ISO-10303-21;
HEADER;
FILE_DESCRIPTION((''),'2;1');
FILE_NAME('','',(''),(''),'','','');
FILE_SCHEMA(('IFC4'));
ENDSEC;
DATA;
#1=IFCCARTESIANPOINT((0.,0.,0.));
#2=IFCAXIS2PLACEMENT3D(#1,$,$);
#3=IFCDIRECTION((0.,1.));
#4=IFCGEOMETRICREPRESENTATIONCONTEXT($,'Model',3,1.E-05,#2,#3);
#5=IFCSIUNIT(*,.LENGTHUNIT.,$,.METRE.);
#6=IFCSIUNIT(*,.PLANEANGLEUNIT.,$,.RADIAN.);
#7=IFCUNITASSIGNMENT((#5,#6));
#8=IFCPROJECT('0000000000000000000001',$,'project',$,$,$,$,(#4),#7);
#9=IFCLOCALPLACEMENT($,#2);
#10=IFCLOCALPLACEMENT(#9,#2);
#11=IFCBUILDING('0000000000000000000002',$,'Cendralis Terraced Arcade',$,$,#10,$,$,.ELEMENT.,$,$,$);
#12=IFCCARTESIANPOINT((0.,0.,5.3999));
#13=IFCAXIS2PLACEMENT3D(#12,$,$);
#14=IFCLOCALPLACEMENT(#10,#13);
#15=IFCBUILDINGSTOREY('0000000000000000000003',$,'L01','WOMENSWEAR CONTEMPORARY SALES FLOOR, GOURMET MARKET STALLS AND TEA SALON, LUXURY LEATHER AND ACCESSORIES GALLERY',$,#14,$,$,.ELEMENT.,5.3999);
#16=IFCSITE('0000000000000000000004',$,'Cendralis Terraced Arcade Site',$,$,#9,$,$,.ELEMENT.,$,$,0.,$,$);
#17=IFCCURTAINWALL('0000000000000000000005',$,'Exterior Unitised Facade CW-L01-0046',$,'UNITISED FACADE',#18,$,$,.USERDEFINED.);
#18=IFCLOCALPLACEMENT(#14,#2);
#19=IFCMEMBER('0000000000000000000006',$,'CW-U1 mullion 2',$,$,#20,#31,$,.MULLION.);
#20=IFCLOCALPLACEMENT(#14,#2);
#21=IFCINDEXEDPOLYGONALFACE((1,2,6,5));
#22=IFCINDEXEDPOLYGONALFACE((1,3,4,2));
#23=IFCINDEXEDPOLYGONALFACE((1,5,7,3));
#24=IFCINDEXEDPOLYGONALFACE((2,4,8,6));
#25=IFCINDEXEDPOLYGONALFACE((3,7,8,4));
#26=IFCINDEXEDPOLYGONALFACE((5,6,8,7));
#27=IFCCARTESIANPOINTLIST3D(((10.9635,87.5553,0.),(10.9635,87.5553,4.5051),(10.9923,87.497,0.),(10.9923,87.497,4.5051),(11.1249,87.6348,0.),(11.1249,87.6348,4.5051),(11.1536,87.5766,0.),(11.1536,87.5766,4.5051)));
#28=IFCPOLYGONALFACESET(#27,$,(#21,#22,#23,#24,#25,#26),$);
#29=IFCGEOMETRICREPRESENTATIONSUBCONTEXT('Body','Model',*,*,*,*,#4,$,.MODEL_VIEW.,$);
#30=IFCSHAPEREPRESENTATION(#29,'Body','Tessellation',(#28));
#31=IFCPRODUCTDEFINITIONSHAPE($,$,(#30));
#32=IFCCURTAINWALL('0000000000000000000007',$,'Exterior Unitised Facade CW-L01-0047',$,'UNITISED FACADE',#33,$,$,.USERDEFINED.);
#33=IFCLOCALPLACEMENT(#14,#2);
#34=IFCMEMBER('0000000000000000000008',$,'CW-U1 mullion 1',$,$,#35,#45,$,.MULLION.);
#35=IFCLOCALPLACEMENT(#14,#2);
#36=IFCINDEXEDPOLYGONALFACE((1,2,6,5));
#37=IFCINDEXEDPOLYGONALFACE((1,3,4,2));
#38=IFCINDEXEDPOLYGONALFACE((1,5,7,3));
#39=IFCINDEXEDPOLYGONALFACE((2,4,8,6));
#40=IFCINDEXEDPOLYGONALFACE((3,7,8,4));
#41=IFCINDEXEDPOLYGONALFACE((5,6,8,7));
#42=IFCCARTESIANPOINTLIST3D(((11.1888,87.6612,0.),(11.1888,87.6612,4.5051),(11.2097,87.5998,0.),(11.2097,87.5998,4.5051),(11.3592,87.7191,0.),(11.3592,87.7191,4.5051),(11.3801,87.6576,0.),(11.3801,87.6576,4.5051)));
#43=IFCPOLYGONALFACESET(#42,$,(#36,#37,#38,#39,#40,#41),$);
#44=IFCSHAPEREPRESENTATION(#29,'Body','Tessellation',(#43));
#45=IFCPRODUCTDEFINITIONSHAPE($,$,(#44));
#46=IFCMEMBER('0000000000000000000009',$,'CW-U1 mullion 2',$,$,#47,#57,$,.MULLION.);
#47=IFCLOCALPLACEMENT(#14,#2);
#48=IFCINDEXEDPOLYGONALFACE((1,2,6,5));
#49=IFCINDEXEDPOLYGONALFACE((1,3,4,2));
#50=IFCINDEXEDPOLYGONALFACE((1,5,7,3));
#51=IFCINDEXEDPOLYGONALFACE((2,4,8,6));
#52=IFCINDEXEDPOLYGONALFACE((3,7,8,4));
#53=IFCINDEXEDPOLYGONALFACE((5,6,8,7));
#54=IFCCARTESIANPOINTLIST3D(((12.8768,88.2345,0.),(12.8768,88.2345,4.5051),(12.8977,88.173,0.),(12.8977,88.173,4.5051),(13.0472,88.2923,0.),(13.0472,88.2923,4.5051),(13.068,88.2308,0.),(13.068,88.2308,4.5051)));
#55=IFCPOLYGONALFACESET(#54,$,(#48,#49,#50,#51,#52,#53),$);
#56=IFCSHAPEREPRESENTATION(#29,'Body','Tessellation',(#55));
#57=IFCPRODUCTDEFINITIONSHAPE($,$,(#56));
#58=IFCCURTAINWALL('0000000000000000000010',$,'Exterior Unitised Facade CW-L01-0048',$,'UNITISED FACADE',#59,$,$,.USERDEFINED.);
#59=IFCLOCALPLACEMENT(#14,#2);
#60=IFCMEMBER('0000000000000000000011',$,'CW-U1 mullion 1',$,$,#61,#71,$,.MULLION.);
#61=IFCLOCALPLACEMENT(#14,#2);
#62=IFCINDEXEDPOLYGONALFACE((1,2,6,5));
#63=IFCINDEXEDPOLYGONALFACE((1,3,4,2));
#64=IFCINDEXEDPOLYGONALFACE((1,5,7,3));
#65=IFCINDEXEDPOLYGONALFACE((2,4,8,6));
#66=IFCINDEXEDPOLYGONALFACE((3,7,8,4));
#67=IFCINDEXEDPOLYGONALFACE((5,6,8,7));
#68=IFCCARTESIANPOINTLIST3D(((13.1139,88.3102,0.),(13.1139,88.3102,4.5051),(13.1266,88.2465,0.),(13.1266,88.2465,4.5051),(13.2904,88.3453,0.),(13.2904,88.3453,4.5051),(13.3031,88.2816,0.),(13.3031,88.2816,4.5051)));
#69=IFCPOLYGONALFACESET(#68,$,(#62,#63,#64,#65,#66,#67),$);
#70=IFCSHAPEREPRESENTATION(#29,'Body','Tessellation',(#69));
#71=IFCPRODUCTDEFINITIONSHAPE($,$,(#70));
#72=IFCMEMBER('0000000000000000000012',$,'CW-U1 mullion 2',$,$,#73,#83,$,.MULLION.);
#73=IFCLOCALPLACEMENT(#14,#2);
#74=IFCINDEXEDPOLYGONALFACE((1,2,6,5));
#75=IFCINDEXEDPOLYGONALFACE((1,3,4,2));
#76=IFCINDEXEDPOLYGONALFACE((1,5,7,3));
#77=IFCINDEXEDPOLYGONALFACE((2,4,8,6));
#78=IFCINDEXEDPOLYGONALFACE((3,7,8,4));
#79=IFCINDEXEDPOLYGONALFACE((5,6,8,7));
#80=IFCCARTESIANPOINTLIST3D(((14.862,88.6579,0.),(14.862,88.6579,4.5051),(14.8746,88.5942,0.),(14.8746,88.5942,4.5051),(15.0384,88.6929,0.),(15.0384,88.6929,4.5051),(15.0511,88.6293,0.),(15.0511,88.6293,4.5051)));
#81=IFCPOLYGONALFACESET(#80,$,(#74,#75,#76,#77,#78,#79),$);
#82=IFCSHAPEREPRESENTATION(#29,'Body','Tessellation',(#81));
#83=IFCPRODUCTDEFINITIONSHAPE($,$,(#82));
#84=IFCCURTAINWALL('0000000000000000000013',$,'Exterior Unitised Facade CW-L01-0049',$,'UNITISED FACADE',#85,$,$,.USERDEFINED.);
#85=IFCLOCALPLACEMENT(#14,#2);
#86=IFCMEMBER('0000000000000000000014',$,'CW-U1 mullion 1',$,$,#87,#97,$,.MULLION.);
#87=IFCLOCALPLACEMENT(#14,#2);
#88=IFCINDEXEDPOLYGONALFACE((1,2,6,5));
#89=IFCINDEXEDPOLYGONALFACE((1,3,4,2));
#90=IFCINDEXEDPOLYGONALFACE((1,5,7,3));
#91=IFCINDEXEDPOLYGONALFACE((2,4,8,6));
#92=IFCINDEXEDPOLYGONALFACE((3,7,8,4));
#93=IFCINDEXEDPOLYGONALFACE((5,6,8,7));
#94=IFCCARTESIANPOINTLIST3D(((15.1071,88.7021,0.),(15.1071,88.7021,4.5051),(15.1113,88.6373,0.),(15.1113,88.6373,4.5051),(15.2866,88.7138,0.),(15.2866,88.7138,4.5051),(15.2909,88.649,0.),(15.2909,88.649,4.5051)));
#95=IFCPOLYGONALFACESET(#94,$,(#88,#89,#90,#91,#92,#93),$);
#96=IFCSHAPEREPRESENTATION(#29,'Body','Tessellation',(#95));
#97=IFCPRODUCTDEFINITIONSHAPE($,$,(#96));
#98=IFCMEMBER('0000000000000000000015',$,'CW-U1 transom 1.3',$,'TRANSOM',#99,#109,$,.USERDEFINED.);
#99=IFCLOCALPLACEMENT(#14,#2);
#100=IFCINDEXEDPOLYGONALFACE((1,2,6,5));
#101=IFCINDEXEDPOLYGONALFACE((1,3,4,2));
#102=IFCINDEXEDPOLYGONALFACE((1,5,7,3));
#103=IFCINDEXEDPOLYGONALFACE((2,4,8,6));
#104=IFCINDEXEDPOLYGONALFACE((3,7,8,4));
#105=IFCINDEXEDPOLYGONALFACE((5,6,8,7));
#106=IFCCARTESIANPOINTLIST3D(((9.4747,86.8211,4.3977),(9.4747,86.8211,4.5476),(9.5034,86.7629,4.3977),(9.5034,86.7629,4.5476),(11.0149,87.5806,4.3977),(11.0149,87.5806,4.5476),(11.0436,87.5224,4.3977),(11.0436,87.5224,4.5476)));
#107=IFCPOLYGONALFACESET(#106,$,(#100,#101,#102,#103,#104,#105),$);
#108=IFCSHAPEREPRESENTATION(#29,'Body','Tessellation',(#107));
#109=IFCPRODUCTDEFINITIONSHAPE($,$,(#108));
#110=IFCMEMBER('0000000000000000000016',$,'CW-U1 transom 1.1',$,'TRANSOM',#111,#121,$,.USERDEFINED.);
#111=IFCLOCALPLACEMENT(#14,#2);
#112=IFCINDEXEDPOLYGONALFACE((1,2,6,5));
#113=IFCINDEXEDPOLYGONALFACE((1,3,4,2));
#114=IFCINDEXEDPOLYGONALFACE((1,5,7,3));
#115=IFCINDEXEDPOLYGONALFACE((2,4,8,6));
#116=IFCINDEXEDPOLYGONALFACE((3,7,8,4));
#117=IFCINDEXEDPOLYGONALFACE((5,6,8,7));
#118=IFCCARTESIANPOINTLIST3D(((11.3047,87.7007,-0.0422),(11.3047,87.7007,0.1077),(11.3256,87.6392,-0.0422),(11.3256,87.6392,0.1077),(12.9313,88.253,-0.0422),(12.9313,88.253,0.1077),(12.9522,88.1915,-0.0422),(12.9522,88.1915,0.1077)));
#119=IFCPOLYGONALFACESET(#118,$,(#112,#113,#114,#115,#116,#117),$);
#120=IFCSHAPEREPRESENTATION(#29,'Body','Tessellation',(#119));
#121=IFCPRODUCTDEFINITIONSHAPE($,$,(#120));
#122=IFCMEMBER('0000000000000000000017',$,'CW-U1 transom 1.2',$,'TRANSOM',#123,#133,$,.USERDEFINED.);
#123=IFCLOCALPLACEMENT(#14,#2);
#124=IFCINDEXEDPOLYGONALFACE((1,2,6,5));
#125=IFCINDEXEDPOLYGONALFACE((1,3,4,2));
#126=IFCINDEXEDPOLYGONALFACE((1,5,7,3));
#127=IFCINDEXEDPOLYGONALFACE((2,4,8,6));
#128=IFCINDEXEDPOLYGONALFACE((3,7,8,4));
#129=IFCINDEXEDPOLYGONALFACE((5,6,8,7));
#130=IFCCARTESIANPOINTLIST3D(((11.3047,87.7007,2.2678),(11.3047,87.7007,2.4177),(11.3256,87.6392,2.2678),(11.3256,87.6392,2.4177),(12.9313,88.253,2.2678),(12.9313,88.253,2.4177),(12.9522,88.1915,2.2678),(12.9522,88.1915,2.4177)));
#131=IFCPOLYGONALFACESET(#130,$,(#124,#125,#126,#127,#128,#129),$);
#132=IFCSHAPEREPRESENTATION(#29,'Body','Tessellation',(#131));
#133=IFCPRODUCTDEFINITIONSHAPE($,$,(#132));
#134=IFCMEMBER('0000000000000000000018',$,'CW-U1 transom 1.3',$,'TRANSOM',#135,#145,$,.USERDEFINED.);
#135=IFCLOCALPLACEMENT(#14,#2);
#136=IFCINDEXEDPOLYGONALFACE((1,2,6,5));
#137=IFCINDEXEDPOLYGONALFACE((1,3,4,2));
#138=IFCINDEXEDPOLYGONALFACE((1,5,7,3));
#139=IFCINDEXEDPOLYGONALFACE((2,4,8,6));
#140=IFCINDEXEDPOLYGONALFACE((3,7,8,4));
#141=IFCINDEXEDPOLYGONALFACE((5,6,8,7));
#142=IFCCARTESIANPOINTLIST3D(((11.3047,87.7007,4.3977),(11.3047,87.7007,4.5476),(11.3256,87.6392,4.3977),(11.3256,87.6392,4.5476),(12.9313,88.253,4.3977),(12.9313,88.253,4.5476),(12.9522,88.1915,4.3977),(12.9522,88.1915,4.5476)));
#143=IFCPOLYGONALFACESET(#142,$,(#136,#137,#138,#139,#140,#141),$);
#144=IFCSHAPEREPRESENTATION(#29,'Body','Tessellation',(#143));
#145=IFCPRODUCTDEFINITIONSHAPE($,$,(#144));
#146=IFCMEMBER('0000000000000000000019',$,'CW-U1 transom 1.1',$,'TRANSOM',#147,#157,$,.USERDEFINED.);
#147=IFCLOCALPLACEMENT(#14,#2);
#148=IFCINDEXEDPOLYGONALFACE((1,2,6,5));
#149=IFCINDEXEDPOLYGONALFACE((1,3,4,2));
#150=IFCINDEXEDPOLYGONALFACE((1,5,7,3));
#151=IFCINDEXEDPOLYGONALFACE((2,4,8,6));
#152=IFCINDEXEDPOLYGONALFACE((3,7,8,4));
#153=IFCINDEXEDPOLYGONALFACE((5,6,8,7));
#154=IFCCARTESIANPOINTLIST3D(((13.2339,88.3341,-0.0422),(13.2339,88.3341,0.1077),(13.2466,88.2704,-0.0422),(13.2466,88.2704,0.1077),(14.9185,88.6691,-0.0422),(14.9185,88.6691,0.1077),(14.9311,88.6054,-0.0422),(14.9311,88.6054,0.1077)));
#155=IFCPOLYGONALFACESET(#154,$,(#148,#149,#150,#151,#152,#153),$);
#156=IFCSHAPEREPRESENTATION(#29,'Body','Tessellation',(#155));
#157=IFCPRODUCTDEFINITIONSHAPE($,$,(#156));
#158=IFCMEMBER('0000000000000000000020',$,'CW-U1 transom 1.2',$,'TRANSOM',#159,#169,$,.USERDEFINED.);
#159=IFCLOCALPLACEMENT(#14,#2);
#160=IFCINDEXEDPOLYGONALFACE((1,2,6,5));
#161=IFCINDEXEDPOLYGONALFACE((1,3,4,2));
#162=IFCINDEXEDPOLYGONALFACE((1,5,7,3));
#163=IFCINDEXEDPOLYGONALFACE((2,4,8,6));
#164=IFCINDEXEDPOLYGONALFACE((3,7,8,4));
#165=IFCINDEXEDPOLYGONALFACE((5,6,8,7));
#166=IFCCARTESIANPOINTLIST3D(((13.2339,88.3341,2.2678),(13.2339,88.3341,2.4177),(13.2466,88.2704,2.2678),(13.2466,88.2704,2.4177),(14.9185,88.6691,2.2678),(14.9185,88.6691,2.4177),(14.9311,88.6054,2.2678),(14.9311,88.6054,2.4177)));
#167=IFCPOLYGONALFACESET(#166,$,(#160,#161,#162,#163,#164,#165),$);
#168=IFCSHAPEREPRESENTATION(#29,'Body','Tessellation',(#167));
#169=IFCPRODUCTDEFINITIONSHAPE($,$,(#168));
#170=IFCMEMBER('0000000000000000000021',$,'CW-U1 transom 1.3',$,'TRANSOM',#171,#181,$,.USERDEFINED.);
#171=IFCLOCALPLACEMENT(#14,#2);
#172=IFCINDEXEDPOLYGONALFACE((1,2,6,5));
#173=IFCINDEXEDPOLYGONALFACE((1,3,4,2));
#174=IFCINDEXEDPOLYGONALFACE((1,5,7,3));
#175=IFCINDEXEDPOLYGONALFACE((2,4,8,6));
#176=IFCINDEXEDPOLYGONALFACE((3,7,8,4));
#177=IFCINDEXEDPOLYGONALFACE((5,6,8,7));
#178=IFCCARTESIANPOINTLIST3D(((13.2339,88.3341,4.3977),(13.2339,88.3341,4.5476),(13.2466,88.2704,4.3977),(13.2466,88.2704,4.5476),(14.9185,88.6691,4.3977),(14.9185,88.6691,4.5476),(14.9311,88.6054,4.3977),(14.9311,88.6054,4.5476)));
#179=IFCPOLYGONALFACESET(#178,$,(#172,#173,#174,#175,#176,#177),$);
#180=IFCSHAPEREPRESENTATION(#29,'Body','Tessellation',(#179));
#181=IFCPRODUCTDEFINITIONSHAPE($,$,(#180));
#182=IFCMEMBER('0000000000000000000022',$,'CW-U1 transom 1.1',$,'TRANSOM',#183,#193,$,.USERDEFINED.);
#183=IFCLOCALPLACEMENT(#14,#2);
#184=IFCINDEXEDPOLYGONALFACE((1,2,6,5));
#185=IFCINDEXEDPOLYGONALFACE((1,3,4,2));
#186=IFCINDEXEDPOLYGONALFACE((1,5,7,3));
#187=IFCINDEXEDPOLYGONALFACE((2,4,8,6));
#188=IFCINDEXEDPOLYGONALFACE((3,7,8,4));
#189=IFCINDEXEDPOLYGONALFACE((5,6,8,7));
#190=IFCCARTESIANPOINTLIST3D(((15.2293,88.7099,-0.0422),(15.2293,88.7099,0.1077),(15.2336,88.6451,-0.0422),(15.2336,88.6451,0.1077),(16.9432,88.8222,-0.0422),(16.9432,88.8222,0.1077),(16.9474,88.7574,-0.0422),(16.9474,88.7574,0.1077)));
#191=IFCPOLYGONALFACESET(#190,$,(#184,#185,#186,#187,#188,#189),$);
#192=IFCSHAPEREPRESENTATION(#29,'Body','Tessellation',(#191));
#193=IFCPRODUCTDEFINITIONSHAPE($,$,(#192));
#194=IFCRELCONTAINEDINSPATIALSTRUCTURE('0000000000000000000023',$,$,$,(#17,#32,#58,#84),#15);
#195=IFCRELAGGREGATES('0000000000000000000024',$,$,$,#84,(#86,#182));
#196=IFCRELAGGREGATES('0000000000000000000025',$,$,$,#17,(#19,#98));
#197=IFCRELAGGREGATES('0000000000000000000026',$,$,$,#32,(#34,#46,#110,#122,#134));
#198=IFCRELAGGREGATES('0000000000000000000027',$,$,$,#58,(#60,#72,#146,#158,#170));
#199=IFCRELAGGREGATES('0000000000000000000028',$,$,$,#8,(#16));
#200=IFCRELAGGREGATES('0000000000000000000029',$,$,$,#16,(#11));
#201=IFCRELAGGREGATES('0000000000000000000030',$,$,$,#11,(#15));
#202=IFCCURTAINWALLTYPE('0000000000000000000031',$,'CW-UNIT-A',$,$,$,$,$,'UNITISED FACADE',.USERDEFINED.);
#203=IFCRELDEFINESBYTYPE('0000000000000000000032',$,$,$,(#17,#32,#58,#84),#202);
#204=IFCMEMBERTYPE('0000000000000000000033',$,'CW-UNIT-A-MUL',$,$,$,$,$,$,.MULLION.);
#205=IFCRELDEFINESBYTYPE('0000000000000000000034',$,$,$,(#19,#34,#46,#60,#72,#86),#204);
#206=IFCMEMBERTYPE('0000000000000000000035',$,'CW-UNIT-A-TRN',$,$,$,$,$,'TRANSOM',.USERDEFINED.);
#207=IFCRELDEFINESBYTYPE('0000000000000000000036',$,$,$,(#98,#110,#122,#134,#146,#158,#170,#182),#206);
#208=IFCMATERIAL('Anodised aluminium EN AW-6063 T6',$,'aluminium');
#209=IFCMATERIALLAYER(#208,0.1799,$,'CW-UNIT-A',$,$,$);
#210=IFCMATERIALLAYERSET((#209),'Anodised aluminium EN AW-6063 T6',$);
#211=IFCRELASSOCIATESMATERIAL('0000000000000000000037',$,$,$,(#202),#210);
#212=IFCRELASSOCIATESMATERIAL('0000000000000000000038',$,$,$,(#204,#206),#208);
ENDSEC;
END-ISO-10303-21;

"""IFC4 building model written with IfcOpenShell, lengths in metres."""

from ifc_helpers import new_model, si_unit, direction, frame, origin, origin_2d, place, context, subcontext, project, spatial, rectangle, extrude, material, layer, layer_set, material_profile, profile_set, type_object, element, aggregate, save


model = new_model("IFC4")

# Units and contexts
model_context = context("Model", 3, precision=1e-05, world=origin(), true_north=direction((0.0, 1.0)))
body_context = subcontext(model_context, "Body", "Model", "MODEL_VIEW")
ifc_project = project(units=[si_unit("LENGTHUNIT", "METRE"), si_unit("PLANEANGLEUNIT", "RADIAN")], contexts=[model_context])

# Site, building, storey
site_placement = place(None, origin())
site = spatial("IfcSite", under=ifc_project, at=site_placement, Name="Cendralis Terraced Arcade Site", CompositionType="ELEMENT", RefElevation=0.0)
building_placement = place(site_placement, origin())
building = spatial("IfcBuilding", under=site, at=building_placement, Name="Cendralis Terraced Arcade", CompositionType="ELEMENT")
storey_placement = place(building_placement, frame((0.0, 0.0, 5.3999)))
storey = spatial("IfcBuildingStorey", under=building, at=storey_placement, Name="L01", Description="WOMENSWEAR CONTEMPORARY SALES FLOOR, GOURMET MARKET STALLS AND TEA SALON, LUXURY LEATHER AND ACCESSORIES GALLERY", CompositionType="ELEMENT", Elevation=5.3999)

# Curtain wall, member
ifc_material_1 = material(Name="Anodised aluminium EN AW-6063 T6", Category="aluminium")
ifc_layer_1 = layer(ifc_material_1, 0.1799, Name="CW-UNIT-A")
ifc_layer_set_1 = layer_set([ifc_layer_1], Name="Anodised aluminium EN AW-6063 T6")
curtain_wall_type = type_object("IfcCurtainWallType", Name="CW-UNIT-A", ElementType="UNITISED FACADE", PredefinedType="USERDEFINED", material=ifc_layer_set_1)
curtain_wall_1_placement = place(storey_placement, origin())
curtain_wall_1 = element("IfcCurtainWall", 1, at=curtain_wall_1_placement, inside=storey, type_object=curtain_wall_type, Name="Exterior Unitised Facade CW-L01-0046", ObjectType="UNITISED FACADE", PredefinedType="USERDEFINED")
ifc_material_profile_1 = material_profile(ifc_material_1, rectangle(XDim=0.0649, YDim=0.1799, at=origin_2d()), Name="ALU-MUL-65x180")
ifc_profile_set_1 = profile_set([ifc_material_profile_1], Name="Anodised aluminium EN AW-6063 T6")
member_type_1 = type_object("IfcMemberType", Name="CW-UNIT-A-MUL", PredefinedType="MULLION", material=ifc_profile_set_1)
member_1_placement = place(storey_placement, frame((11.0586, 87.5659, 0.0), z_axis=(0.0, 0.0, 1.0), x_axis=(-0.44227, 0.896882, 0.0)))
member_1 = element("IfcMember", 2, at=member_1_placement, type_object=member_type_1, Name="CW-U1 mullion 2", PredefinedType="MULLION", context=body_context, shape_type="SweptSolid", body=[
    extrude(rectangle(XDim=0.0649, YDim=0.1799, at=origin_2d()), origin(), (0.0, 0.0, 1.0), 4.5051),
])

# Curtain walls, members
curtain_wall_2_placement = place(storey_placement, origin())
curtain_wall_2 = element("IfcCurtainWall", 3, at=curtain_wall_2_placement, inside=storey, type_object=curtain_wall_type, Name="Exterior Unitised Facade CW-L01-0047", ObjectType="UNITISED FACADE", PredefinedType="USERDEFINED")
member_2_placement = place(storey_placement, frame((11.2844, 87.6594, 0.0), z_axis=(0.0, 0.0, 1.0), x_axis=(-0.3215, 0.94691, 0.0)))
member_2 = element("IfcMember", 4, at=member_2_placement, type_object=member_type_1, Name="CW-U1 mullion 1", PredefinedType="MULLION", context=body_context, shape_type="SweptSolid", body=[
    extrude(rectangle(XDim=0.0649, YDim=0.1799, at=origin_2d()), origin(), (0.0, 0.0, 1.0), 4.5051),
])
member_3_placement = place(storey_placement, frame((12.9724, 88.2327, 0.0), z_axis=(0.0, 0.0, 1.0), x_axis=(-0.3215, 0.94691, 0.0)))
member_3 = element("IfcMember", 5, at=member_3_placement, type_object=member_type_1, Name="CW-U1 mullion 2", PredefinedType="MULLION", context=body_context, shape_type="SweptSolid", body=[
    extrude(rectangle(XDim=0.0649, YDim=0.1799, at=origin_2d()), origin(), (0.0, 0.0, 1.0), 4.5051),
])
curtain_wall_3_placement = place(storey_placement, origin())
curtain_wall_3 = element("IfcCurtainWall", 6, at=curtain_wall_3_placement, inside=storey, type_object=curtain_wall_type, Name="Exterior Unitised Facade CW-L01-0048", ObjectType="UNITISED FACADE", PredefinedType="USERDEFINED")
member_4_placement = place(storey_placement, frame((13.2085, 88.2959, 0.0), z_axis=(0.0, 0.0, 1.0), x_axis=(-0.195033, 0.980797, 0.0)))
member_4 = element("IfcMember", 7, at=member_4_placement, type_object=member_type_1, Name="CW-U1 mullion 1", PredefinedType="MULLION", context=body_context, shape_type="SweptSolid", body=[
    extrude(rectangle(XDim=0.0649, YDim=0.1799, at=origin_2d()), origin(), (0.0, 0.0, 1.0), 4.5051),
])
member_5_placement = place(storey_placement, frame((14.9565, 88.6436, 0.0), z_axis=(0.0, 0.0, 1.0), x_axis=(-0.195033, 0.980797, 0.0)))
member_5 = element("IfcMember", 8, at=member_5_placement, type_object=member_type_1, Name="CW-U1 mullion 2", PredefinedType="MULLION", context=body_context, shape_type="SweptSolid", body=[
    extrude(rectangle(XDim=0.0649, YDim=0.1799, at=origin_2d()), origin(), (0.0, 0.0, 1.0), 4.5051),
])

# Curtain wall, member
curtain_wall_4_placement = place(storey_placement, origin())
curtain_wall_4 = element("IfcCurtainWall", 9, at=curtain_wall_4_placement, inside=storey, type_object=curtain_wall_type, Name="Exterior Unitised Facade CW-L01-0049", ObjectType="UNITISED FACADE", PredefinedType="USERDEFINED")
member_6_placement = place(storey_placement, frame((15.199, 88.6755, 0.0), z_axis=(0.0, 0.0, 1.0), x_axis=(-0.065384, 0.99786, 0.0)))
member_6 = element("IfcMember", 10, at=member_6_placement, type_object=member_type_1, Name="CW-U1 mullion 1", PredefinedType="MULLION", context=body_context, shape_type="SweptSolid", body=[
    extrude(rectangle(XDim=0.0649, YDim=0.1799, at=origin_2d()), origin(), (0.0, 0.0, 1.0), 4.5051),
])

# Members
ifc_material_profile_2 = material_profile(ifc_material_1, rectangle(XDim=0.0649, YDim=0.1499, at=origin_2d()), Name="ALU-TRN-65x150")
ifc_profile_set_2 = profile_set([ifc_material_profile_2], Name="Anodised aluminium EN AW-6063 T6")
member_type_2 = type_object("IfcMemberType", Name="CW-UNIT-A-TRN", ElementType="TRANSOM", PredefinedType="USERDEFINED", material=ifc_profile_set_2)
member_7_placement = place(storey_placement, frame((9.489, 86.792, 4.4727), z_axis=(0.896887, 0.44226, 0.0), x_axis=(-0.44226, 0.896887, 0.0)))
member_7 = element("IfcMember", 11, at=member_7_placement, type_object=member_type_2, Name="CW-U1 transom 1.3", ObjectType="TRANSOM", PredefinedType="USERDEFINED", context=body_context, shape_type="SweptSolid", body=[
    extrude(rectangle(XDim=0.0649, YDim=0.1499, at=origin_2d()), origin(), (0.0, 0.0, 1.0), 1.7173),
])
member_8_placement = place(storey_placement, frame((11.3152, 87.6699, 0.0327), z_axis=(0.946906, 0.32151, 0.0), x_axis=(-0.32151, 0.946906, 0.0)))
member_8 = element("IfcMember", 12, at=member_8_placement, type_object=member_type_2, Name="CW-U1 transom 1.1", ObjectType="TRANSOM", PredefinedType="USERDEFINED", context=body_context, shape_type="SweptSolid", body=[
    extrude(rectangle(XDim=0.0649, YDim=0.1499, at=origin_2d()), origin(), (0.0, 0.0, 1.0), 1.7178),
])
member_9_placement = place(storey_placement, frame((11.3152, 87.6699, 2.3428), z_axis=(0.946906, 0.32151, 0.0), x_axis=(-0.32151, 0.946906, 0.0)))
member_9 = element("IfcMember", 13, at=member_9_placement, type_object=member_type_2, Name="CW-U1 transom 1.2", ObjectType="TRANSOM", PredefinedType="USERDEFINED", context=body_context, shape_type="SweptSolid", body=[
    extrude(rectangle(XDim=0.0649, YDim=0.1499, at=origin_2d()), origin(), (0.0, 0.0, 1.0), 1.7178),
])
member_10_placement = place(storey_placement, frame((11.3152, 87.6699, 4.4727), z_axis=(0.946906, 0.32151, 0.0), x_axis=(-0.32151, 0.946906, 0.0)))
member_10 = element("IfcMember", 14, at=member_10_placement, type_object=member_type_2, Name="CW-U1 transom 1.3", ObjectType="TRANSOM", PredefinedType="USERDEFINED", context=body_context, shape_type="SweptSolid", body=[
    extrude(rectangle(XDim=0.0649, YDim=0.1499, at=origin_2d()), origin(), (0.0, 0.0, 1.0), 1.7178),
])
member_11_placement = place(storey_placement, frame((13.2402, 88.3022, 0.0327), z_axis=(0.980799, 0.195023, 0.0), x_axis=(-0.195023, 0.980799, 0.0)))
member_11 = element("IfcMember", 15, at=member_11_placement, type_object=member_type_2, Name="CW-U1 transom 1.1", ObjectType="TRANSOM", PredefinedType="USERDEFINED", context=body_context, shape_type="SweptSolid", body=[
    extrude(rectangle(XDim=0.0649, YDim=0.1499, at=origin_2d()), origin(), (0.0, 0.0, 1.0), 1.7175),
])
member_12_placement = place(storey_placement, frame((13.2402, 88.3022, 2.3428), z_axis=(0.980799, 0.195023, 0.0), x_axis=(-0.195023, 0.980799, 0.0)))
member_12 = element("IfcMember", 16, at=member_12_placement, type_object=member_type_2, Name="CW-U1 transom 1.2", ObjectType="TRANSOM", PredefinedType="USERDEFINED", context=body_context, shape_type="SweptSolid", body=[
    extrude(rectangle(XDim=0.0649, YDim=0.1499, at=origin_2d()), origin(), (0.0, 0.0, 1.0), 1.7175),
])
member_13_placement = place(storey_placement, frame((13.2402, 88.3022, 4.4727), z_axis=(0.980799, 0.195023, 0.0), x_axis=(-0.195023, 0.980799, 0.0)))
member_13 = element("IfcMember", 17, at=member_13_placement, type_object=member_type_2, Name="CW-U1 transom 1.3", ObjectType="TRANSOM", PredefinedType="USERDEFINED", context=body_context, shape_type="SweptSolid", body=[
    extrude(rectangle(XDim=0.0649, YDim=0.1499, at=origin_2d()), origin(), (0.0, 0.0, 1.0), 1.7175),
])
member_14_placement = place(storey_placement, frame((15.2314, 88.6775, 0.0327), z_axis=(0.99786, 0.065387, 0.0), x_axis=(-0.065387, 0.99786, 0.0)))
member_14 = element("IfcMember", 18, at=member_14_placement, type_object=member_type_2, Name="CW-U1 transom 1.1", ObjectType="TRANSOM", PredefinedType="USERDEFINED", context=body_context, shape_type="SweptSolid", body=[
    extrude(rectangle(XDim=0.0649, YDim=0.1499, at=origin_2d()), origin(), (0.0, 0.0, 1.0), 1.7175),
])
aggregate(curtain_wall_4, [member_6, member_14])

aggregate(curtain_wall_1, [member_1, member_7])
aggregate(curtain_wall_2, [member_2, member_3, member_8, member_9, member_10])
aggregate(curtain_wall_3, [member_4, member_5, member_11, member_12, member_13])

save(model, "model.ifc")
